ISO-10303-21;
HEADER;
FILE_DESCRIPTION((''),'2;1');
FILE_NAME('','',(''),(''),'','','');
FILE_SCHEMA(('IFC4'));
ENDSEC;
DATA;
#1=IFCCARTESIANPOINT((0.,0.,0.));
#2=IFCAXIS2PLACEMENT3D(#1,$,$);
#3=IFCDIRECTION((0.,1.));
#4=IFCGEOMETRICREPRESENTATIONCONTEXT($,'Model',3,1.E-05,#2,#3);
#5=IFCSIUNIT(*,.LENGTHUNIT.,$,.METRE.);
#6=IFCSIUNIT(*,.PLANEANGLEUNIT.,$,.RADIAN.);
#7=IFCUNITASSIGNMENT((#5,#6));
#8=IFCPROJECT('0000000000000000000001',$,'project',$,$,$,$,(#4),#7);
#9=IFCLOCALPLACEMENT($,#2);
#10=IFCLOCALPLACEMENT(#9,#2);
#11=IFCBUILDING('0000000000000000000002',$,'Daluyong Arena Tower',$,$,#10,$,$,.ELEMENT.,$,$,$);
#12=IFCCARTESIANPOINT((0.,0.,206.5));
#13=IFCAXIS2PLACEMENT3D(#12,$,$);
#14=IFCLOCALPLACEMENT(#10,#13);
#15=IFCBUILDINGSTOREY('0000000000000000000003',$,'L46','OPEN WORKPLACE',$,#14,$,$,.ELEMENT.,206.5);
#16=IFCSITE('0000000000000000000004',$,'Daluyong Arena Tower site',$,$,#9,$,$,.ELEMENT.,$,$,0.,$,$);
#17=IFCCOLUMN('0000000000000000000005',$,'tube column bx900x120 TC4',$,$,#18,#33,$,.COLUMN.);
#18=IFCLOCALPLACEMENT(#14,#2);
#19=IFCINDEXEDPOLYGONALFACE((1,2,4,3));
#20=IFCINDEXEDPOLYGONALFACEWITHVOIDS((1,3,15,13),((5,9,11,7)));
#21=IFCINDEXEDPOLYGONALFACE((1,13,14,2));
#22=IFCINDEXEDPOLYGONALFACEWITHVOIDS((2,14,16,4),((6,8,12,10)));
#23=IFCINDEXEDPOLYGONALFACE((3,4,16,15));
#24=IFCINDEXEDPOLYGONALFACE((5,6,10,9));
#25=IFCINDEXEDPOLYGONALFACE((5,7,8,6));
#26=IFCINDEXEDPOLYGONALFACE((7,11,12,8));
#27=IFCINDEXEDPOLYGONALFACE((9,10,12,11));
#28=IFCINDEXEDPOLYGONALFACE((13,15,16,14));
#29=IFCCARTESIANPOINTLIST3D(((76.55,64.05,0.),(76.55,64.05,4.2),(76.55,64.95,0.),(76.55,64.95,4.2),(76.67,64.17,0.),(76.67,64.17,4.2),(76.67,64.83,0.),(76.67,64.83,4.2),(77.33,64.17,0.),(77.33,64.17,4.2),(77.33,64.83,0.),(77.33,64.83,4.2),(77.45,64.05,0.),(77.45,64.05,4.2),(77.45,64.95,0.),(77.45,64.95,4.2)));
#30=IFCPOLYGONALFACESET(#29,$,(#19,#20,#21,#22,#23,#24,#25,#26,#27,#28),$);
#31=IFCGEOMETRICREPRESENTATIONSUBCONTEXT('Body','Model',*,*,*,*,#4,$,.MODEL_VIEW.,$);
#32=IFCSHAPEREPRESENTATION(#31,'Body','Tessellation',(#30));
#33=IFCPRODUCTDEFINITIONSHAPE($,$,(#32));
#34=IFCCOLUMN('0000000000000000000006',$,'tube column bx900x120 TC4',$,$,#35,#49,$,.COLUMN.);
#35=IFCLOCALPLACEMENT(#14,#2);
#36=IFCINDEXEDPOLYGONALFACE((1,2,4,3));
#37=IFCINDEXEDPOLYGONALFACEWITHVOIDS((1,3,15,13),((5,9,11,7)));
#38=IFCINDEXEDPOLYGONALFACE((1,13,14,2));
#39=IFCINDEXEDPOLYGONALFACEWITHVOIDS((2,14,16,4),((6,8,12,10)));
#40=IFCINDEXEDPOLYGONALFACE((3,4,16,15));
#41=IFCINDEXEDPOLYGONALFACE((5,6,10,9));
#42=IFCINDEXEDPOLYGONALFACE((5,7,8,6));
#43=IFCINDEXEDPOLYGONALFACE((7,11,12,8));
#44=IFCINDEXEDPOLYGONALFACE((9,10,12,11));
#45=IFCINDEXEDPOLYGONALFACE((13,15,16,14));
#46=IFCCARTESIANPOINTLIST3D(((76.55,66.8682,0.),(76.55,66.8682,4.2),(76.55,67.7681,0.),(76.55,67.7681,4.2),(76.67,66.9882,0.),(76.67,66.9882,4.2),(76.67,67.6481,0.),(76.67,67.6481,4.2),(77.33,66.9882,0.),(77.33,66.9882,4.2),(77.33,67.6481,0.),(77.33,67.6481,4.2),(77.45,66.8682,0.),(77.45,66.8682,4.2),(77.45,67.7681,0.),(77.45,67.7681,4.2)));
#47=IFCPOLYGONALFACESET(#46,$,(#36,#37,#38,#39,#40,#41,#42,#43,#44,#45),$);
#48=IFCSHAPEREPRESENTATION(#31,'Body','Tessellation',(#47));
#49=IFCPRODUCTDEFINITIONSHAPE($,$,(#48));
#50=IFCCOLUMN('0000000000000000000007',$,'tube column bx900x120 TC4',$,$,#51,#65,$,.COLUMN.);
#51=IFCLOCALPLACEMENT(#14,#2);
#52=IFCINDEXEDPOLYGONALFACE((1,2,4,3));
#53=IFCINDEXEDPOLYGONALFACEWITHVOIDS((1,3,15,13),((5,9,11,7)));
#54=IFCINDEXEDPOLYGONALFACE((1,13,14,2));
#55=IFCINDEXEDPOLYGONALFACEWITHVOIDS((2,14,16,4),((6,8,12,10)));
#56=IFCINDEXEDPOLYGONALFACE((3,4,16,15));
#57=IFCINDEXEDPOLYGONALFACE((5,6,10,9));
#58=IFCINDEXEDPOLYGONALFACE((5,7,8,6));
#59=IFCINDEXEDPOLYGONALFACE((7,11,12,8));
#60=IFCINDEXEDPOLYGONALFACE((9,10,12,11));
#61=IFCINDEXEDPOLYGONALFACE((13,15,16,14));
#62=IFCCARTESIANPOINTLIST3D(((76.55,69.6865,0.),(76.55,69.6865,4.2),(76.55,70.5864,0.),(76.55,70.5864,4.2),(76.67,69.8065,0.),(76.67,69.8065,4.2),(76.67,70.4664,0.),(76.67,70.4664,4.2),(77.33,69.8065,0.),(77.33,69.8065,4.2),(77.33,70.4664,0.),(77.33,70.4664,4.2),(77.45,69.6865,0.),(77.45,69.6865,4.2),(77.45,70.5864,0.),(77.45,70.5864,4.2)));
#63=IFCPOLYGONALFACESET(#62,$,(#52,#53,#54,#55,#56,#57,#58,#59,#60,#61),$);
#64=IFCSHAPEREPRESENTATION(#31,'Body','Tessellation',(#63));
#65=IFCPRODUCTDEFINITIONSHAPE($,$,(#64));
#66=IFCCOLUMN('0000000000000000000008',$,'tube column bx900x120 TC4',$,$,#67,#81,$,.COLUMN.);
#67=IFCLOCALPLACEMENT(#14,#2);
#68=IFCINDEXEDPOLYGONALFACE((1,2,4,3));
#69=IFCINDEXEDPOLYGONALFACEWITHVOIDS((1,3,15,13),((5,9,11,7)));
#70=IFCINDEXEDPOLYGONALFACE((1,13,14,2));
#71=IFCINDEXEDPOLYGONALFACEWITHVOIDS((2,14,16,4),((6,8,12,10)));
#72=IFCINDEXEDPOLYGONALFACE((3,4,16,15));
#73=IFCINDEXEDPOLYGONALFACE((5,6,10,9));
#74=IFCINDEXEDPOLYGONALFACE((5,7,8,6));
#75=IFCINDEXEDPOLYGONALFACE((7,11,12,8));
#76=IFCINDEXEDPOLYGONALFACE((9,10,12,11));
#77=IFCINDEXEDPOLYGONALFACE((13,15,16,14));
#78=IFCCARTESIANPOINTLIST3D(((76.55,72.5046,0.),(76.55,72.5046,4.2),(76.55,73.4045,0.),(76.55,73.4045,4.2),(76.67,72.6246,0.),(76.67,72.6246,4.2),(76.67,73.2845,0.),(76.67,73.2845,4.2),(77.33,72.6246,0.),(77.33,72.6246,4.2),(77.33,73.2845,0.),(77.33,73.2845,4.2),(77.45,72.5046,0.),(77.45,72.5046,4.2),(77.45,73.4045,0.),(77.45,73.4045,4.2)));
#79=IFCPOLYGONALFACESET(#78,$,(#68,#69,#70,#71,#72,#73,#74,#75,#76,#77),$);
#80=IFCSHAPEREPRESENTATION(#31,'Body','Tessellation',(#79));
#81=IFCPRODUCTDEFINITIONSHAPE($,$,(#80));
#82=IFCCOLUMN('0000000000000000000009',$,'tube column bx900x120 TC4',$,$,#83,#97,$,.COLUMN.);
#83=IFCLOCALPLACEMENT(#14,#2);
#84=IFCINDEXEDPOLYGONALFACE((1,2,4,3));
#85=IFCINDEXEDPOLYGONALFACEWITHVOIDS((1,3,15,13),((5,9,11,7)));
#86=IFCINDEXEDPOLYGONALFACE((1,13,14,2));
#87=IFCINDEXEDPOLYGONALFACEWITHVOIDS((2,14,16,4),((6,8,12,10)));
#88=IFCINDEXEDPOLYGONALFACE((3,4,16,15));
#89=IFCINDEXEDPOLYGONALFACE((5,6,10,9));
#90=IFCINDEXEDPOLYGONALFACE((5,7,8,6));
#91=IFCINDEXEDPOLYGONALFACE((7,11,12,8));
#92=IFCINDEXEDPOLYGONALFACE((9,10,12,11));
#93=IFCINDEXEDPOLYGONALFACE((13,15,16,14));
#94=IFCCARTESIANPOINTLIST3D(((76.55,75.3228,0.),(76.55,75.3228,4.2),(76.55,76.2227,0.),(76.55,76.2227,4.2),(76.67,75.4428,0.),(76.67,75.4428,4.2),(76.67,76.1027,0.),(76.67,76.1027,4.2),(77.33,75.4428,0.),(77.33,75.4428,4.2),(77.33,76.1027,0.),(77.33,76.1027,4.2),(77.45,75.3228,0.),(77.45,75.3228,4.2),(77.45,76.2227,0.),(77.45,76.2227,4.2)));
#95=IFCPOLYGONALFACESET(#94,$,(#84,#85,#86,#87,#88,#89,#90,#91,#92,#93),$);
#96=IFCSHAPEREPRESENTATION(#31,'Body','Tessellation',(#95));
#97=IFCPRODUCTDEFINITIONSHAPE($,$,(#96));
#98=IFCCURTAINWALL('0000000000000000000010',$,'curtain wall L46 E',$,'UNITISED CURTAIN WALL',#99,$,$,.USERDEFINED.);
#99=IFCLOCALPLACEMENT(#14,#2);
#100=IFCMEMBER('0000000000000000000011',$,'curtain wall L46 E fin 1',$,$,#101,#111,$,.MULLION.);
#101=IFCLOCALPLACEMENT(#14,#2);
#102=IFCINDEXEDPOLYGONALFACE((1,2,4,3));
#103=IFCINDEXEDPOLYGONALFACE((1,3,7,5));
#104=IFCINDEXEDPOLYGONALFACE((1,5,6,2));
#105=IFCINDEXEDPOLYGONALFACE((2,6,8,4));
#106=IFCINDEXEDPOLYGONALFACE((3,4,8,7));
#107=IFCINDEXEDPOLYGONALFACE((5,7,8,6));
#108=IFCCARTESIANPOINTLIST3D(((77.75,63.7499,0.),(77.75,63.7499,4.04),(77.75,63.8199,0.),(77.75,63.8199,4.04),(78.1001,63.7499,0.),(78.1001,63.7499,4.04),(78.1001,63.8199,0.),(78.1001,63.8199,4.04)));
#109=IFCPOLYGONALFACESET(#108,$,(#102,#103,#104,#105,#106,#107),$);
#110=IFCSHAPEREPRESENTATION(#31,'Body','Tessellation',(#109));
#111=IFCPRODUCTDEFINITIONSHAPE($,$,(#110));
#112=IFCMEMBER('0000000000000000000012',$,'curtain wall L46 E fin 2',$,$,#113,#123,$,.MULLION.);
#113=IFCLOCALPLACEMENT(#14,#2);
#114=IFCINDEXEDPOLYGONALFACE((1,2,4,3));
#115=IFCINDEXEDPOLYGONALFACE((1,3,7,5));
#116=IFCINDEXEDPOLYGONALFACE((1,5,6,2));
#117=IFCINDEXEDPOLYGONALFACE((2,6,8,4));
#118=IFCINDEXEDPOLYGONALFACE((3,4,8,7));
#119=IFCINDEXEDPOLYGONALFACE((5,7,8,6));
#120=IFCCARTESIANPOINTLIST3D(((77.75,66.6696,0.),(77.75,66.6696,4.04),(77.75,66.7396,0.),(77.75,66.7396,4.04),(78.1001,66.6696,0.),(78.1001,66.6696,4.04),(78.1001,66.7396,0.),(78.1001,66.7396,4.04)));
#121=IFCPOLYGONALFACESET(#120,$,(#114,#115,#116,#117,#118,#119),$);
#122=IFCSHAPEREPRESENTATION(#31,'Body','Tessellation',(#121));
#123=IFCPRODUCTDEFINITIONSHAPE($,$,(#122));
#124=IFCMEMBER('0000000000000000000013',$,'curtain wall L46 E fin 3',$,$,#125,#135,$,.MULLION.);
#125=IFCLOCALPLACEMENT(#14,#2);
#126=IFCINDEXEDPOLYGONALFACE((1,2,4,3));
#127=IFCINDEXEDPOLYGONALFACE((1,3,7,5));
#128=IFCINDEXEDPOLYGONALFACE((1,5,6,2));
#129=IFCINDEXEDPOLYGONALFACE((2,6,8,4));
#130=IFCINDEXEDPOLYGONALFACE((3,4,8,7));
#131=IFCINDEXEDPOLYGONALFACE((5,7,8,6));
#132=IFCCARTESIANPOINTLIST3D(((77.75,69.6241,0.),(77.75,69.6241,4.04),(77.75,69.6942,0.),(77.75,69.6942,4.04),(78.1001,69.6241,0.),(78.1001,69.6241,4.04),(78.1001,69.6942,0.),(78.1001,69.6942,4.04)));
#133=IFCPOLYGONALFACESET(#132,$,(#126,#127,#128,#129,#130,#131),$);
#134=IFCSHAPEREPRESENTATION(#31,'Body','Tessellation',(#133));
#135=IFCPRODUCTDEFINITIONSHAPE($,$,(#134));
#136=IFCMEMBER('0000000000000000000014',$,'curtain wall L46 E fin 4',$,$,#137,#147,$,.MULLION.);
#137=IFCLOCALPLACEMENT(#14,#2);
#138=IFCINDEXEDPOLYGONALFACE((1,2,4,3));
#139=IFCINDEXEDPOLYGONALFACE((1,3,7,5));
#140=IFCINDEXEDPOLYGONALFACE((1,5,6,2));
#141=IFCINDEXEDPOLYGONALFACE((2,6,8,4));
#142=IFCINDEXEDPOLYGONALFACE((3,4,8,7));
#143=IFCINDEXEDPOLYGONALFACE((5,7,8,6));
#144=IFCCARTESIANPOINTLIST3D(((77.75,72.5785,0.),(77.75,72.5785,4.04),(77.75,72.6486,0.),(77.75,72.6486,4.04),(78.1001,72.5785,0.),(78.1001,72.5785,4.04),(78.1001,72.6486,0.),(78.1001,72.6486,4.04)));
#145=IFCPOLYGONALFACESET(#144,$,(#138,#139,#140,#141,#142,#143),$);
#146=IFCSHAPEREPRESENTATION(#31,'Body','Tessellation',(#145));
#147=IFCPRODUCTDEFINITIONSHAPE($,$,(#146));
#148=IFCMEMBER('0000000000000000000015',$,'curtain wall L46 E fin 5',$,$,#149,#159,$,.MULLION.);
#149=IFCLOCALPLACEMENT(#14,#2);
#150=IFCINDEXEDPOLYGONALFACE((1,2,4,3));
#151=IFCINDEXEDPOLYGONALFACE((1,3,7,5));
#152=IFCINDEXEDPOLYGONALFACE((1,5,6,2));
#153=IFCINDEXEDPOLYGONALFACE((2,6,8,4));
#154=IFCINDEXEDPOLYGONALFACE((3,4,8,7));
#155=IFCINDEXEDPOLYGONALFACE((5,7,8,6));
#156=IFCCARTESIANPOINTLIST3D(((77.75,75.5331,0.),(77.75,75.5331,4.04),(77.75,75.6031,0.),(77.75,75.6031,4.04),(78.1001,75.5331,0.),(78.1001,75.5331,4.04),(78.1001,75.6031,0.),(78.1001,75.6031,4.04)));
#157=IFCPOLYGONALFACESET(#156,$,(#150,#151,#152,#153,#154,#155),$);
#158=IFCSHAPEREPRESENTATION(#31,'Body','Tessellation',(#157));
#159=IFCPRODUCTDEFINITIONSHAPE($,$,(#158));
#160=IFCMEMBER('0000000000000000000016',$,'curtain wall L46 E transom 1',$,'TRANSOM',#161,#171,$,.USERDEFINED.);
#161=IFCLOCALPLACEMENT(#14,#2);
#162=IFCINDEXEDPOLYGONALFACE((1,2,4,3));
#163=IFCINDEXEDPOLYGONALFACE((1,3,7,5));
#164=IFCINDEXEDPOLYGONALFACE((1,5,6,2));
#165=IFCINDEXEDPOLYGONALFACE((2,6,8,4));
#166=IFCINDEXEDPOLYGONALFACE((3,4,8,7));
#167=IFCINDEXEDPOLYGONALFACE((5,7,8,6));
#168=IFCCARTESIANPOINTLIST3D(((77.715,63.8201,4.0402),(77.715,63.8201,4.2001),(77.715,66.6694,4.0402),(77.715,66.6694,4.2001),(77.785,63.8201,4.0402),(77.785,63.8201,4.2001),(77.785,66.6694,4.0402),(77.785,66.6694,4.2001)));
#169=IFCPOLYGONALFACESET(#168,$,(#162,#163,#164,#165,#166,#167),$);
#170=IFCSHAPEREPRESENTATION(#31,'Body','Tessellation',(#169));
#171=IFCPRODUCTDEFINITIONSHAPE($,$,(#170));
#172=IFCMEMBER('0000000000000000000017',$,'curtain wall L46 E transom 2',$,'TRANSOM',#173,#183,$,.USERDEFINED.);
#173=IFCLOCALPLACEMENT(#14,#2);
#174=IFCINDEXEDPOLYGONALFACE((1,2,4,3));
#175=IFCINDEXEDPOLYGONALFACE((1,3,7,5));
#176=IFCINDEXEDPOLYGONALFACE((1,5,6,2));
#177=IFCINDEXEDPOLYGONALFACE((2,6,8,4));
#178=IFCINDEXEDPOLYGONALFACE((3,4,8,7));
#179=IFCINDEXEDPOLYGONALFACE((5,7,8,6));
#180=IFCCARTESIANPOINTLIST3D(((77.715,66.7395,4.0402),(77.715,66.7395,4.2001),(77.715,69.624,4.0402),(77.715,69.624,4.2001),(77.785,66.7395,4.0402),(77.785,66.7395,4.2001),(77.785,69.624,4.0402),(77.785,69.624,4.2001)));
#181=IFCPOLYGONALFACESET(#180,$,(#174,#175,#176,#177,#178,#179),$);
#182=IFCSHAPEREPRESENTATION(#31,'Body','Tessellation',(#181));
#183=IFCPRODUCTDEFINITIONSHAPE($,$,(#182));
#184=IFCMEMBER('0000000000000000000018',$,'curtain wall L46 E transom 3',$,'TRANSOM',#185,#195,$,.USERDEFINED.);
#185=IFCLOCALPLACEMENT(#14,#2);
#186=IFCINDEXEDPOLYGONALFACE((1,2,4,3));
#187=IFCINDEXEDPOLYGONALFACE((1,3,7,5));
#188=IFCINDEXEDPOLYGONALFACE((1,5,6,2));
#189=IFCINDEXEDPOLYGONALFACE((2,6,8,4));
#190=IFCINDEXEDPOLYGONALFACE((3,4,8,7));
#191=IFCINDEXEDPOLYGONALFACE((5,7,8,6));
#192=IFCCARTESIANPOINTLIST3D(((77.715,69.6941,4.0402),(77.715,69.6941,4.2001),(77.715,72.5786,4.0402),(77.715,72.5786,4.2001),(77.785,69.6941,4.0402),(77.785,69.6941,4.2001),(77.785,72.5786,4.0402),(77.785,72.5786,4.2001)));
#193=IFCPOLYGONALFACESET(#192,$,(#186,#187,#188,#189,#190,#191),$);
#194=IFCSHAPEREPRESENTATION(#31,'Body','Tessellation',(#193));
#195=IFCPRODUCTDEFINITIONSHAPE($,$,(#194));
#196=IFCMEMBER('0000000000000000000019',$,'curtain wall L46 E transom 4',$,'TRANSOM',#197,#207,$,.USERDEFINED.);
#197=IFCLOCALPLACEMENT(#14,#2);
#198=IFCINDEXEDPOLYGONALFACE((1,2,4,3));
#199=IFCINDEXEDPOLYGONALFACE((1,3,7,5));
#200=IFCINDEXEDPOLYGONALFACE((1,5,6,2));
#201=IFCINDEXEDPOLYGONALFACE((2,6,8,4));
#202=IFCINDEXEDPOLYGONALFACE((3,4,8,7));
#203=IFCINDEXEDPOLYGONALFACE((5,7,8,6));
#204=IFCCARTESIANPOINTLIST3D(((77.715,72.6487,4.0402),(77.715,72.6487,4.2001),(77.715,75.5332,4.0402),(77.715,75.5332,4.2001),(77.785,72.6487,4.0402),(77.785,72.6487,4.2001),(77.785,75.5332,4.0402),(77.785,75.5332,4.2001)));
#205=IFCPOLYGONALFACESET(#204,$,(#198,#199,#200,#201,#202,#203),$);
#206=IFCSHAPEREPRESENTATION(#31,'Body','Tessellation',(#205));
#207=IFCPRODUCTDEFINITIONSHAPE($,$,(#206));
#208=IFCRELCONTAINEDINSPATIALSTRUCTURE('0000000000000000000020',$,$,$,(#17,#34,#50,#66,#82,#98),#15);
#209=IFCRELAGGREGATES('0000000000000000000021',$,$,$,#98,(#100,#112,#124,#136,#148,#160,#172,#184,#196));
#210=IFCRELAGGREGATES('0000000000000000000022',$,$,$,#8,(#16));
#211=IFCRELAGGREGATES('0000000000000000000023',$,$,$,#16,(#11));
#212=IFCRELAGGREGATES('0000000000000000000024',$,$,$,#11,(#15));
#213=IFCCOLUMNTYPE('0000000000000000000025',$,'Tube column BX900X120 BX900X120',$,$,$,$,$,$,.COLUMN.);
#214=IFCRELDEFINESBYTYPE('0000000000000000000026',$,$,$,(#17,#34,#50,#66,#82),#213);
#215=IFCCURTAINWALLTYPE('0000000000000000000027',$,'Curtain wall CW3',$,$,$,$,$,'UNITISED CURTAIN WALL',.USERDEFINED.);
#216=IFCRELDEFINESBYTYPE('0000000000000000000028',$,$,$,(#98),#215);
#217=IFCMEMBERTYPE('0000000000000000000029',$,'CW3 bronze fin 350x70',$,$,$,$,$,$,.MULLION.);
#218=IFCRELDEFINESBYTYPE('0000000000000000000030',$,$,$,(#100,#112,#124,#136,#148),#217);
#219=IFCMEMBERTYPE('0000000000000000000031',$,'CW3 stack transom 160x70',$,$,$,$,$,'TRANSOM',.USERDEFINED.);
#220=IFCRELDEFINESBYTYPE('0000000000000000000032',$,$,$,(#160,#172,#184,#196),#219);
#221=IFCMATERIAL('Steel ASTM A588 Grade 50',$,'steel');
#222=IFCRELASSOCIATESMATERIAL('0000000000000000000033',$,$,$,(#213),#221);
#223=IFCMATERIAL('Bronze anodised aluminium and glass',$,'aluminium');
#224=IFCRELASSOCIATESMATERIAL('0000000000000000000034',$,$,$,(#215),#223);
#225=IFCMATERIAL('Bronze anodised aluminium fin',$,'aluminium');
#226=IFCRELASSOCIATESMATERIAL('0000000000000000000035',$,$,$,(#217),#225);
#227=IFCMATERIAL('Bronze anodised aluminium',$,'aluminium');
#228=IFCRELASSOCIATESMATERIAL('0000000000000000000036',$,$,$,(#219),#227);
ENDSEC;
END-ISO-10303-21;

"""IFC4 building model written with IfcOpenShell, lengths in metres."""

from ifc_helpers import new_model, si_unit, direction, frame, origin, origin_2d, place, context, subcontext, project, spatial, rectangle, hollow_rectangle, extrude, material, material_profile, profile_set, type_object, element, aggregate, save


model = new_model("IFC4")

# Units and contexts
model_context = context("Model", 3, precision=1e-05, world=origin(), true_north=direction((0.0, 1.0)))
body_context = subcontext(model_context, "Body", "Model", "MODEL_VIEW")
ifc_project = project(units=[si_unit("LENGTHUNIT", "METRE"), si_unit("PLANEANGLEUNIT", "RADIAN")], contexts=[model_context])

# Site, building, storey
site_placement = place(None, origin())
site = spatial("IfcSite", under=ifc_project, at=site_placement, Name="Daluyong Arena Tower site", CompositionType="ELEMENT", RefElevation=0.0)
building_placement = place(site_placement, origin())
building = spatial("IfcBuilding", under=site, at=building_placement, Name="Daluyong Arena Tower", CompositionType="ELEMENT")
storey_placement = place(building_placement, frame((0.0, 0.0, 206.5)))
storey = spatial("IfcBuildingStorey", under=building, at=storey_placement, Name="L46", Description="OPEN WORKPLACE", CompositionType="ELEMENT", Elevation=206.5)

# Columns
ifc_material_1 = material(Name="Steel ASTM A588 Grade 50", Category="steel")
ifc_material_profile_1 = material_profile(ifc_material_1, hollow_rectangle(XDim=0.8999, YDim=0.8999, WallThickness=0.12, at=origin_2d()))
ifc_profile_set_1 = profile_set([ifc_material_profile_1], Name="Steel ASTM A588 Grade 50")
column_type = type_object("IfcColumnType", Name="Tube column BX900X120 BX900X120", PredefinedType="COLUMN", material=ifc_profile_set_1)
for number, where, z_axis, x_axis, name in (
    (1, (77.0, 64.5, 0.0), (0.0, 0.0, 1.0), (0.0, 1.0, 0.0), "tube column bx900x120 TC4"),
    (2, (77.0, 67.3181, 0.0), (0.0, 0.0, 1.0), (0.0, 1.0, 0.0), "tube column bx900x120 TC4"),
    (3, (77.0, 70.1365, 0.0), (0.0, 0.0, 1.0), (0.0, 1.0, 0.0), "tube column bx900x120 TC4"),
    (4, (77.0, 72.9546, 0.0), (0.0, 0.0, 1.0), (0.0, 1.0, 0.0), "tube column bx900x120 TC4"),
    (5, (77.0, 75.7727, 0.0), (0.0, 0.0, 1.0), (0.0, 1.0, 0.0), "tube column bx900x120 TC4"),
):
    element("IfcColumn", number, at=place(storey_placement, frame(where, z_axis=z_axis, x_axis=x_axis)), inside=storey, type_object=column_type, Name=name, PredefinedType="COLUMN", context=body_context, shape_type="SweptSolid", body=[
        extrude(hollow_rectangle(XDim=0.8999, YDim=0.8999, WallThickness=0.12, at=origin_2d()), origin(), (0.0, 0.0, 1.0), 4.2),
    ])

# Curtain wall, members
ifc_material_2 = material(Name="Bronze anodised aluminium and glass", Category="aluminium")
curtain_wall_type_1 = type_object("IfcCurtainWallType", Name="Curtain wall CW3", ElementType="UNITISED CURTAIN WALL", PredefinedType="USERDEFINED", material=ifc_material_2)
curtain_wall_1_placement = place(storey_placement, origin())
curtain_wall_1 = element("IfcCurtainWall", 6, at=curtain_wall_1_placement, inside=storey, type_object=curtain_wall_type_1, Name="curtain wall L46 E", ObjectType="UNITISED CURTAIN WALL", PredefinedType="USERDEFINED")
ifc_material_3 = material(Name="Bronze anodised aluminium fin", Category="aluminium")
ifc_material_profile_2 = material_profile(ifc_material_3, rectangle(XDim=0.3501, YDim=0.0701, at=origin_2d()))
ifc_profile_set_2 = profile_set([ifc_material_profile_2], Name="Bronze anodised aluminium fin")
member_type_1 = type_object("IfcMemberType", Name="CW3 bronze fin 350x70", PredefinedType="MULLION", material=ifc_profile_set_2)
member_1_placement = place(storey_placement, frame((77.925, 63.7849, 0.0), z_axis=(0.0, 0.0, 1.0), x_axis=(-1.0, 0.0, 0.0)))
member_1 = element("IfcMember", 7, at=member_1_placement, type_object=member_type_1, Name="curtain wall L46 E fin 1", PredefinedType="MULLION", context=body_context, shape_type="SweptSolid", body=[
    extrude(rectangle(XDim=0.3501, YDim=0.0701, at=origin_2d()), origin(), (0.0, 0.0, 1.0), 4.04),
])
member_2_placement = place(storey_placement, frame((77.925, 66.7046, 0.0), z_axis=(0.0, 0.0, 1.0), x_axis=(-1.0, 0.0, 0.0)))
member_2 = element("IfcMember", 8, at=member_2_placement, type_object=member_type_1, Name="curtain wall L46 E fin 2", PredefinedType="MULLION", context=body_context, shape_type="SweptSolid", body=[
    extrude(rectangle(XDim=0.3501, YDim=0.0701, at=origin_2d()), origin(), (0.0, 0.0, 1.0), 4.04),
])
member_3_placement = place(storey_placement, frame((77.925, 69.6592, 0.0), z_axis=(0.0, 0.0, 1.0), x_axis=(-1.0, 0.0, 0.0)))
member_3 = element("IfcMember", 9, at=member_3_placement, type_object=member_type_1, Name="curtain wall L46 E fin 3", PredefinedType="MULLION", context=body_context, shape_type="SweptSolid", body=[
    extrude(rectangle(XDim=0.3501, YDim=0.0701, at=origin_2d()), origin(), (0.0, 0.0, 1.0), 4.04),
])
member_4_placement = place(storey_placement, frame((77.925, 72.6135, 0.0), z_axis=(0.0, 0.0, 1.0), x_axis=(-1.0, 0.0, 0.0)))
member_4 = element("IfcMember", 10, at=member_4_placement, type_object=member_type_1, Name="curtain wall L46 E fin 4", PredefinedType="MULLION", context=body_context, shape_type="SweptSolid", body=[
    extrude(rectangle(XDim=0.3501, YDim=0.0701, at=origin_2d()), origin(), (0.0, 0.0, 1.0), 4.04),
])
member_5_placement = place(storey_placement, frame((77.925, 75.5681, 0.0), z_axis=(0.0, 0.0, 1.0), x_axis=(-1.0, 0.0, 0.0)))
member_5 = element("IfcMember", 11, at=member_5_placement, type_object=member_type_1, Name="curtain wall L46 E fin 5", PredefinedType="MULLION", context=body_context, shape_type="SweptSolid", body=[
    extrude(rectangle(XDim=0.3501, YDim=0.0701, at=origin_2d()), origin(), (0.0, 0.0, 1.0), 4.04),
])
ifc_material_4 = material(Name="Bronze anodised aluminium", Category="aluminium")
ifc_material_profile_3 = material_profile(ifc_material_4, rectangle(XDim=0.0701, YDim=0.1599, at=origin_2d()))
ifc_profile_set_3 = profile_set([ifc_material_profile_3], Name="Bronze anodised aluminium")
member_type_2 = type_object("IfcMemberType", Name="CW3 stack transom 160x70", ElementType="TRANSOM", PredefinedType="USERDEFINED", material=ifc_profile_set_3)
member_6_placement = place(storey_placement, frame((77.75, 63.8201, 4.1201), z_axis=(0.0, 1.0, 0.0), x_axis=(-1.0, 0.0, 0.0)))
member_6 = element("IfcMember", 12, at=member_6_placement, type_object=member_type_2, Name="curtain wall L46 E transom 1", ObjectType="TRANSOM", PredefinedType="USERDEFINED", context=body_context, shape_type="SweptSolid", body=[
    extrude(rectangle(XDim=0.0701, YDim=0.1599, at=origin_2d()), origin(), (0.0, 0.0, 1.0), 2.8494),
])
member_7_placement = place(storey_placement, frame((77.75, 66.7395, 4.1201), z_axis=(0.0, 1.0, 0.0), x_axis=(-1.0, 0.0, 0.0)))
member_7 = element("IfcMember", 13, at=member_7_placement, type_object=member_type_2, Name="curtain wall L46 E transom 2", ObjectType="TRANSOM", PredefinedType="USERDEFINED", context=body_context, shape_type="SweptSolid", body=[
    extrude(rectangle(XDim=0.0701, YDim=0.1599, at=origin_2d()), origin(), (0.0, 0.0, 1.0), 2.8845),
])
member_8_placement = place(storey_placement, frame((77.75, 69.6941, 4.1201), z_axis=(0.0, 1.0, 0.0), x_axis=(-1.0, 0.0, 0.0)))
member_8 = element("IfcMember", 14, at=member_8_placement, type_object=member_type_2, Name="curtain wall L46 E transom 3", ObjectType="TRANSOM", PredefinedType="USERDEFINED", context=body_context, shape_type="SweptSolid", body=[
    extrude(rectangle(XDim=0.0701, YDim=0.1599, at=origin_2d()), origin(), (0.0, 0.0, 1.0), 2.8845),
])
member_9_placement = place(storey_placement, frame((77.75, 72.6487, 4.1201), z_axis=(0.0, 1.0, 0.0), x_axis=(-1.0, 0.0, 0.0)))
member_9 = element("IfcMember", 15, at=member_9_placement, type_object=member_type_2, Name="curtain wall L46 E transom 4", ObjectType="TRANSOM", PredefinedType="USERDEFINED", context=body_context, shape_type="SweptSolid", body=[
    extrude(rectangle(XDim=0.0701, YDim=0.1599, at=origin_2d()), origin(), (0.0, 0.0, 1.0), 2.8845),
])

aggregate(curtain_wall_1, [member_1, member_2, member_3, member_4, member_5, member_6, member_7, member_8, member_9])

save(model, "model.ifc")
